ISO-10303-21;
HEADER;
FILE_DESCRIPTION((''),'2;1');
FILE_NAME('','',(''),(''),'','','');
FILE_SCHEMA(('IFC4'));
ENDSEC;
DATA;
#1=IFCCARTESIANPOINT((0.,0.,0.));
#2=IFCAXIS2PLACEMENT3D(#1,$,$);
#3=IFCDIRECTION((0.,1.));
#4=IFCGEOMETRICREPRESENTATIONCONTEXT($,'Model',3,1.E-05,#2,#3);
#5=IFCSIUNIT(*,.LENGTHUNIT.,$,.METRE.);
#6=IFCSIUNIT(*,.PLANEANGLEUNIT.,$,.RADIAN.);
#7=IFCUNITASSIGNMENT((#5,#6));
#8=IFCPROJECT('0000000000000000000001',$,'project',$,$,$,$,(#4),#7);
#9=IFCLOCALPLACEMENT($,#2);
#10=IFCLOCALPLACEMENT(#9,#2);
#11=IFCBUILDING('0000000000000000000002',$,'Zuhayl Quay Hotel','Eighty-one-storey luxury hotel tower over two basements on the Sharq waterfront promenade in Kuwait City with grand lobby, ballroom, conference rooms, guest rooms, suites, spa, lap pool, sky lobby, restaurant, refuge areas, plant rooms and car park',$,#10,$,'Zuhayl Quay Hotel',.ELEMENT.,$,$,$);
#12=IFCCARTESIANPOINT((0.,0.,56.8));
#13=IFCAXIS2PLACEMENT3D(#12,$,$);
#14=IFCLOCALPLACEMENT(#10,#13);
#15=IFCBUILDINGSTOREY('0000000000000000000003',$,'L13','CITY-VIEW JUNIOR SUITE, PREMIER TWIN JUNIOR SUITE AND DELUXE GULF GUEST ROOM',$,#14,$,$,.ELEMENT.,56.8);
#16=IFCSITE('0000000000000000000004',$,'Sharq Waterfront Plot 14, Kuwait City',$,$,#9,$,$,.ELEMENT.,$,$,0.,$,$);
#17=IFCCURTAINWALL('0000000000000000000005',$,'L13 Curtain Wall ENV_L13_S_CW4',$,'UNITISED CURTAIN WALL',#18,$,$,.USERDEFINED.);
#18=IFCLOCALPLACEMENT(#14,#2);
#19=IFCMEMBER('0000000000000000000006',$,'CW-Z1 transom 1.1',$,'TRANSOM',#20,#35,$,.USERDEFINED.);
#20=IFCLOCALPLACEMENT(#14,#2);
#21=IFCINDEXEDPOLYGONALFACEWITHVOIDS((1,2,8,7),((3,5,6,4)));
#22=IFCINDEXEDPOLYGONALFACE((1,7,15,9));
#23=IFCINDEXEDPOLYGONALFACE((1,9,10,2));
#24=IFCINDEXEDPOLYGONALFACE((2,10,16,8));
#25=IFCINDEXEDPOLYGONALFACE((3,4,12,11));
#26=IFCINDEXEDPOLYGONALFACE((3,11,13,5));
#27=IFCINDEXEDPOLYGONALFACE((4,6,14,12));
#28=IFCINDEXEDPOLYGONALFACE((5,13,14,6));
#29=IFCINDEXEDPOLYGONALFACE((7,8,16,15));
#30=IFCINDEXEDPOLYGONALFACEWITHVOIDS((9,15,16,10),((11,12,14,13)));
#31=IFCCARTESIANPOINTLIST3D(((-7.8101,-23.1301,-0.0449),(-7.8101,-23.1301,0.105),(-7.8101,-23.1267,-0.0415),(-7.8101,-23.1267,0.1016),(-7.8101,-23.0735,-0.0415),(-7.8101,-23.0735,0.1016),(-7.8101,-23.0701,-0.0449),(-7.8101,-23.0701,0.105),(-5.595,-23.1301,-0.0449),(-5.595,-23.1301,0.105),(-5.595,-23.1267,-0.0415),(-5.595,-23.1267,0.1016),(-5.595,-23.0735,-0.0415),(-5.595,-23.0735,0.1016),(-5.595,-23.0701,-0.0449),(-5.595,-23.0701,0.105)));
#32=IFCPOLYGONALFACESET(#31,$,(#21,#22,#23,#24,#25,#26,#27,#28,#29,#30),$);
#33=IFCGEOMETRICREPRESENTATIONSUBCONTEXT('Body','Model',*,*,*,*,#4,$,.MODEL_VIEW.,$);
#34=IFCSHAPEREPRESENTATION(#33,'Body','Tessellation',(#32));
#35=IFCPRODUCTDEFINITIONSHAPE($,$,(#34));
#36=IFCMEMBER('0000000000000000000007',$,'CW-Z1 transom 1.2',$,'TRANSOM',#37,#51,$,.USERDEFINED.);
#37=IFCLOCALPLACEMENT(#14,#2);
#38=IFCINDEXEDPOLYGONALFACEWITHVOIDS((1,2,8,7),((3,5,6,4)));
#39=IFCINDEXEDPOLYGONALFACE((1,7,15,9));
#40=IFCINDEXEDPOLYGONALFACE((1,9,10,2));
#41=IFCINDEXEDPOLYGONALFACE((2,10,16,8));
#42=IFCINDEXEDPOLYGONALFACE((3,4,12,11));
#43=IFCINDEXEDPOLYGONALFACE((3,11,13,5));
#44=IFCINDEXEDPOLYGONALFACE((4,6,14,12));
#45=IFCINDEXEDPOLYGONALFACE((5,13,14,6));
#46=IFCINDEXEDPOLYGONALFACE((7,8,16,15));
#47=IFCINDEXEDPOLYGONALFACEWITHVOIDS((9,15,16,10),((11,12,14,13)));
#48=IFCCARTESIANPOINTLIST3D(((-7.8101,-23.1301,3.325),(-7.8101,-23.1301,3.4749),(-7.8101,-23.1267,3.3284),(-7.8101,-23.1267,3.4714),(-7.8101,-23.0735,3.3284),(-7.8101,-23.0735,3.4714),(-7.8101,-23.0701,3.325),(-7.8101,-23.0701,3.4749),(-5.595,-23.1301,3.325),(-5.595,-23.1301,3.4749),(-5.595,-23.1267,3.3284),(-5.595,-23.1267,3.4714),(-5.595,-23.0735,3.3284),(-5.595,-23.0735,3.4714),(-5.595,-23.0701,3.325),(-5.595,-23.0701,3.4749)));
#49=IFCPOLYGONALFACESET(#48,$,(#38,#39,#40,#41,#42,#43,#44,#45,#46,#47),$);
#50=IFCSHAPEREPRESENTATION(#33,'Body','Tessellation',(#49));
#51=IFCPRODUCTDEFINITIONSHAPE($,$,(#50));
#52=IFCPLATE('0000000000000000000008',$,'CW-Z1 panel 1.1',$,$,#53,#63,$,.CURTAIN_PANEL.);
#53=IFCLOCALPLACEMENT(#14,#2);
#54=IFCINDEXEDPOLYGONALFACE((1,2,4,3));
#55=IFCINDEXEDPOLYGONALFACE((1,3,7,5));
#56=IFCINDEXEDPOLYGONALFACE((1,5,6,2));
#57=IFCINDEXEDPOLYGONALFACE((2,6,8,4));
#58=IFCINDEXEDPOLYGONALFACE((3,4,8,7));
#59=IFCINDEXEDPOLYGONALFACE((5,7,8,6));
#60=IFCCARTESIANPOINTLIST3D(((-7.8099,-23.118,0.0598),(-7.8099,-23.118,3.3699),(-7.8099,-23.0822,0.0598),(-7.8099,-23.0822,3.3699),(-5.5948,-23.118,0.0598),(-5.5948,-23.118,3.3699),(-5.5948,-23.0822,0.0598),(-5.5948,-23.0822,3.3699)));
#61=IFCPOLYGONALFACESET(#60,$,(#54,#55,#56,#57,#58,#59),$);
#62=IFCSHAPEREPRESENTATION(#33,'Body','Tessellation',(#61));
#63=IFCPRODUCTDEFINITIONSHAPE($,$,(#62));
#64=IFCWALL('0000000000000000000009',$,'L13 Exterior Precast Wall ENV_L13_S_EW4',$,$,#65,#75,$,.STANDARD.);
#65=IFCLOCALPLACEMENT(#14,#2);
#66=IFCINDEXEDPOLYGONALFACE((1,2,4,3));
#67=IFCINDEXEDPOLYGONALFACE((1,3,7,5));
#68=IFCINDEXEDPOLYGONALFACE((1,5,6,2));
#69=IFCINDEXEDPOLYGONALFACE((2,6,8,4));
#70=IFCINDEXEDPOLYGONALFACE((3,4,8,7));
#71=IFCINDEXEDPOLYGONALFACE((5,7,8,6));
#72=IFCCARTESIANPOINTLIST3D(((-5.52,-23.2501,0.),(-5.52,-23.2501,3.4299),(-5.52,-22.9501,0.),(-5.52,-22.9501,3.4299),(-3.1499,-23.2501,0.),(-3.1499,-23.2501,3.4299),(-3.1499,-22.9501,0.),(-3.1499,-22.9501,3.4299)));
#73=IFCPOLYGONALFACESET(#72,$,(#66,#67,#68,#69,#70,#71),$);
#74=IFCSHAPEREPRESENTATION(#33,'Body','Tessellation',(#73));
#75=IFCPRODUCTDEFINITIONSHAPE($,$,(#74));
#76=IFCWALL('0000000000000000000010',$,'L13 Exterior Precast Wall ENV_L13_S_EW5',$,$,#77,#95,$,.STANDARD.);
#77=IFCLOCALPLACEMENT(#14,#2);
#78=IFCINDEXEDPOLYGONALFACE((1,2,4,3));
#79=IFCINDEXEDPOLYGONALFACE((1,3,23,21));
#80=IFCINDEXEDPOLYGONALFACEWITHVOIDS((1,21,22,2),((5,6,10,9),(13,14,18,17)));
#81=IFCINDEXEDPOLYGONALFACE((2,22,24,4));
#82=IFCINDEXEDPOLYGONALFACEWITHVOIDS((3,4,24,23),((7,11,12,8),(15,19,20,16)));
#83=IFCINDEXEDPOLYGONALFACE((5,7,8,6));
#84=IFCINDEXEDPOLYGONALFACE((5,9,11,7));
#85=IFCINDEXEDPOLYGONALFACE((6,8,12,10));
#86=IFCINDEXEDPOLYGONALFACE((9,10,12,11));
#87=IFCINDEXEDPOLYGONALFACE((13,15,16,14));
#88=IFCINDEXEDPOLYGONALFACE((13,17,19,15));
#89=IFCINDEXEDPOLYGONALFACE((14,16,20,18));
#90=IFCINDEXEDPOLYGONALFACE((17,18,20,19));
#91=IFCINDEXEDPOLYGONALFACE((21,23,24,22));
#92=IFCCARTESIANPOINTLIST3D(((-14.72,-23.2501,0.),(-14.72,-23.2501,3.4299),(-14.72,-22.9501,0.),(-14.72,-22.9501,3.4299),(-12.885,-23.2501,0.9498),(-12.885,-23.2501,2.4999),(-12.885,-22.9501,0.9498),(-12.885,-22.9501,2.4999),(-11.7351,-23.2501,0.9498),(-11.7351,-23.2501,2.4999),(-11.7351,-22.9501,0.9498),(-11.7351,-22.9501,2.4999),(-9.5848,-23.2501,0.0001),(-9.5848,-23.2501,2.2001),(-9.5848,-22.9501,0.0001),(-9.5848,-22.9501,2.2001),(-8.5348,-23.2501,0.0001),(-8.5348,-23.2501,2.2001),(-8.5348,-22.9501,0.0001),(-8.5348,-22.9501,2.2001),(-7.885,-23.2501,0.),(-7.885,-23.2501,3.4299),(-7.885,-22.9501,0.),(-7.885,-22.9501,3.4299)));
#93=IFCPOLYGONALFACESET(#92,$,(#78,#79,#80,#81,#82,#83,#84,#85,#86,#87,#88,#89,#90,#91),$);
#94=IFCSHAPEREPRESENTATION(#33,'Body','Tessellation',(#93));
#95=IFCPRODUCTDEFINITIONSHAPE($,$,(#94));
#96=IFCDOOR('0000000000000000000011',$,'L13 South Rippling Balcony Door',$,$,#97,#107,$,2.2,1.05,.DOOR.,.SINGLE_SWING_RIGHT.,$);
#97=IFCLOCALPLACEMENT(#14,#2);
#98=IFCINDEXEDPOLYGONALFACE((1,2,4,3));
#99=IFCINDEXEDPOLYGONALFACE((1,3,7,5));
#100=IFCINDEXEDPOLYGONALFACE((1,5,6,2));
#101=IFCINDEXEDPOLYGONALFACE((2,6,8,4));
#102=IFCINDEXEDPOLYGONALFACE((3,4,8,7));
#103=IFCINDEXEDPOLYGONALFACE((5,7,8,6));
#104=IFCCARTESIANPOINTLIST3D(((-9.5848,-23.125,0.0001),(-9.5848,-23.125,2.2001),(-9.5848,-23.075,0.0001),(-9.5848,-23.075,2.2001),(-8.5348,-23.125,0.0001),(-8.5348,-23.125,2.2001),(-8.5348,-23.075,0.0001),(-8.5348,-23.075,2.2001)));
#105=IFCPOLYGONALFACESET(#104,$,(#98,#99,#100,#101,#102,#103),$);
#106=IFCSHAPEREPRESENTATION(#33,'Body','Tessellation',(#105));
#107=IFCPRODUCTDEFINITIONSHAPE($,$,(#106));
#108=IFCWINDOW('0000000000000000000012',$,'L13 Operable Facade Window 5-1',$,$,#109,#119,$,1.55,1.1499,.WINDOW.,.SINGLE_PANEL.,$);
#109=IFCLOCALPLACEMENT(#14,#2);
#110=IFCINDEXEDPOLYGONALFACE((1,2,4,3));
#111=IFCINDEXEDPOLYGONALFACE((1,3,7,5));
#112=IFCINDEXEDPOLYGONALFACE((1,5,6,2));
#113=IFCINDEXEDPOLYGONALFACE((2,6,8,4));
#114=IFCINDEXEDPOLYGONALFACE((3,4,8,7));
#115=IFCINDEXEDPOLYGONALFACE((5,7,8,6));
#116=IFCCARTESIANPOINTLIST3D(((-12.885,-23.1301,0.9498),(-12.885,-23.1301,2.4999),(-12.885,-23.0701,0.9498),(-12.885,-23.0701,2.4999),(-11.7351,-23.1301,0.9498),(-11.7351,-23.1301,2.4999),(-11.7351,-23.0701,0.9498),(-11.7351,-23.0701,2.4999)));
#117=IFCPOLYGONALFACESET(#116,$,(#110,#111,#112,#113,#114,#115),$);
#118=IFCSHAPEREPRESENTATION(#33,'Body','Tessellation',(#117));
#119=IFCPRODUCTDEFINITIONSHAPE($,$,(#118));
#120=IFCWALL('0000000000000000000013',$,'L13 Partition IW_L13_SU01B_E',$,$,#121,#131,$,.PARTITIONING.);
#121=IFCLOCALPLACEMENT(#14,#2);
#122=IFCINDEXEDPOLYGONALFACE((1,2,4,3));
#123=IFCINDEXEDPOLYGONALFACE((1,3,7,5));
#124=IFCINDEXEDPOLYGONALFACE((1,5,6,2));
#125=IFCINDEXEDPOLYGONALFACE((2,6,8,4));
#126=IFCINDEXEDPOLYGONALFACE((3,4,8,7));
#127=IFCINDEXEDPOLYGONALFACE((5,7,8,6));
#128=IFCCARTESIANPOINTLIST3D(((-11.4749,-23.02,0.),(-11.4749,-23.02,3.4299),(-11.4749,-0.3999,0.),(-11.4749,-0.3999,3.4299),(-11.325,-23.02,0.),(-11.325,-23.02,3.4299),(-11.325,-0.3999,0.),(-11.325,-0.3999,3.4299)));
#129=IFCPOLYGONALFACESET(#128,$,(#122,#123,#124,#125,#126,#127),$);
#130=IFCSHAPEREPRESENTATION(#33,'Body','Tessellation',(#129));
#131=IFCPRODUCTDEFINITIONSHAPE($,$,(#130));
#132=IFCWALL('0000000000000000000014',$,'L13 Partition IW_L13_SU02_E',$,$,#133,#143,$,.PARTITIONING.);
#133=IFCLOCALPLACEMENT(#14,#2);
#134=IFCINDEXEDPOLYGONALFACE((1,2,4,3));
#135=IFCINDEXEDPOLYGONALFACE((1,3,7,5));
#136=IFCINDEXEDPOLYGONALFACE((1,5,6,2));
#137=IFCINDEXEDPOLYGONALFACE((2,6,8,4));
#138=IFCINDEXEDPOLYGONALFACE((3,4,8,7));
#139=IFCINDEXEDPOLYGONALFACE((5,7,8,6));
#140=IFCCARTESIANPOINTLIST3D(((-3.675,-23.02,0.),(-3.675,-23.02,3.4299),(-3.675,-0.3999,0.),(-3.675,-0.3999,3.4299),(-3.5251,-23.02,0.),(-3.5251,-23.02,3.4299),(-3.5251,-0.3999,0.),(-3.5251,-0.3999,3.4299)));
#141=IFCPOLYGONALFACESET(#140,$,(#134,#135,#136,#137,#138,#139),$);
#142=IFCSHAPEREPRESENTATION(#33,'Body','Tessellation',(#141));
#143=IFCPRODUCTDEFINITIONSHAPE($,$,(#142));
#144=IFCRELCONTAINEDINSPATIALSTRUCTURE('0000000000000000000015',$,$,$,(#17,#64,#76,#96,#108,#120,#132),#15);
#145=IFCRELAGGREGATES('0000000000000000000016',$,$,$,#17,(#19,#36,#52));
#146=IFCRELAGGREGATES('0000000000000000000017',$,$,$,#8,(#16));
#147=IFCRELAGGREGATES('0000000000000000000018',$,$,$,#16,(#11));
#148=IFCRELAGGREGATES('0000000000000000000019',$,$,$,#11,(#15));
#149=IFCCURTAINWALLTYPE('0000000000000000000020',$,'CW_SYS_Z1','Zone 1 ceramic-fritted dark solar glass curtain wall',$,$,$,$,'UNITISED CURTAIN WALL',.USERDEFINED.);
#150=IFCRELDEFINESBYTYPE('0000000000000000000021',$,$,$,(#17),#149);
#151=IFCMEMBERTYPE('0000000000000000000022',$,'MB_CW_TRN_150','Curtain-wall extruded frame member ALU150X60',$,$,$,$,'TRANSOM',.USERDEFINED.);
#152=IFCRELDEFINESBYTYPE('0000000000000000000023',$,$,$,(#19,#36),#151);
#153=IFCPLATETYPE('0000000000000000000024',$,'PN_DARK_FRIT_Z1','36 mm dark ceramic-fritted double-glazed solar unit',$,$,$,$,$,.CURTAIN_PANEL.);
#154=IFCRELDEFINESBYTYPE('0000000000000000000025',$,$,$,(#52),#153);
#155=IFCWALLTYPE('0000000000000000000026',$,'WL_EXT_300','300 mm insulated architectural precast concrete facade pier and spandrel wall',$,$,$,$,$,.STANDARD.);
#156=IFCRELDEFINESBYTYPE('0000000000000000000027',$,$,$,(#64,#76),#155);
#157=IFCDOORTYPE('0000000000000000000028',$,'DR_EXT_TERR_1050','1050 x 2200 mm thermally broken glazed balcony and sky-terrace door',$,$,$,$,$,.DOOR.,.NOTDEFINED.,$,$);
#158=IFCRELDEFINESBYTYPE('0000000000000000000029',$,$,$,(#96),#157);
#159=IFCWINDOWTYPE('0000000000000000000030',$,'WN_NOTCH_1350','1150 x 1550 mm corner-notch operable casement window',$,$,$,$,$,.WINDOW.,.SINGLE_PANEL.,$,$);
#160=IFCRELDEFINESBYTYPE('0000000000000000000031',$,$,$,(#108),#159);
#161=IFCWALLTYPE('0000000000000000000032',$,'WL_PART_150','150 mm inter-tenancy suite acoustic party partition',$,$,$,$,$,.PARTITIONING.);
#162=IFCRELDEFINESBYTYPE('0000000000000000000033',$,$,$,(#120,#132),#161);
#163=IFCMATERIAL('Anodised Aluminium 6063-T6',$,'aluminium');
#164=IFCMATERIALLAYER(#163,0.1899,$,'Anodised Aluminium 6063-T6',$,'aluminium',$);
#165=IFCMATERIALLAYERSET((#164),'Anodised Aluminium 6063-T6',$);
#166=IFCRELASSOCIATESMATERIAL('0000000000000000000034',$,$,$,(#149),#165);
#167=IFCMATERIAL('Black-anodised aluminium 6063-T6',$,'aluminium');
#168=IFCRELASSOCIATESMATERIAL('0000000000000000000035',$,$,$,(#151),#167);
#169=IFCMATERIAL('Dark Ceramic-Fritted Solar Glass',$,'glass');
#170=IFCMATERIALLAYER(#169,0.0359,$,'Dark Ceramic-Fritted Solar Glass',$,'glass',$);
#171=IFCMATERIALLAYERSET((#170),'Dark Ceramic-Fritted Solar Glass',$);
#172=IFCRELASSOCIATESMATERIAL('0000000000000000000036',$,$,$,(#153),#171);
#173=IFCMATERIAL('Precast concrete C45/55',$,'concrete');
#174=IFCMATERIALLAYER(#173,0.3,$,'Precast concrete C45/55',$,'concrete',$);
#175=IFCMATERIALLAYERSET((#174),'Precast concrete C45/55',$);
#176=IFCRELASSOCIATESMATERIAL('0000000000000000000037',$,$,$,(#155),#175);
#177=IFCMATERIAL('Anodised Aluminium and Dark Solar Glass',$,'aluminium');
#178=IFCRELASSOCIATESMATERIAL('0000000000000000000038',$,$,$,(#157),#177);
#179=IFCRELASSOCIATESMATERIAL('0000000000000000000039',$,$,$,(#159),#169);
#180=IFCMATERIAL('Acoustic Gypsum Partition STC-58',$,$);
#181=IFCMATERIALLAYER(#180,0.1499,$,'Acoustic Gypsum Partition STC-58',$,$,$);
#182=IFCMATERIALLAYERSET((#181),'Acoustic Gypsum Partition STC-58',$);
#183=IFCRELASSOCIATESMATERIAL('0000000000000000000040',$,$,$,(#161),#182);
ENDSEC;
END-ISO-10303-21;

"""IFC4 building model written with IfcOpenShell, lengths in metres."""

from ifc_helpers import new_model, si_unit, direction, frame, frame_2d, origin, origin_2d, place, context, subcontext, project, spatial, rectangle, hollow_rectangle, extrude, material, layer, layer_set, material_profile, profile_set, type_object, element, fill, aggregate, save


model = new_model("IFC4")

# Units and contexts
model_context = context("Model", 3, precision=1e-05, world=origin(), true_north=direction((0.0, 1.0)))
body_context = subcontext(model_context, "Body", "Model", "MODEL_VIEW")
ifc_project = project(units=[si_unit("LENGTHUNIT", "METRE"), si_unit("PLANEANGLEUNIT", "RADIAN")], contexts=[model_context])

# Site, building, storey
site_placement = place(None, origin())
site = spatial("IfcSite", under=ifc_project, at=site_placement, Name="Sharq Waterfront Plot 14, Kuwait City", CompositionType="ELEMENT", RefElevation=0.0)
building_placement = place(site_placement, origin())
building = spatial("IfcBuilding", under=site, at=building_placement, Name="Zuhayl Quay Hotel", Description="Eighty-one-storey luxury hotel tower over two basements on the Sharq waterfront promenade in Kuwait City with grand lobby, ballroom, conference rooms, guest rooms, suites, spa, lap pool, sky lobby, restaurant, refuge areas, plant rooms and car park", LongName="Zuhayl Quay Hotel", CompositionType="ELEMENT")
storey_placement = place(building_placement, frame((0.0, 0.0, 56.8)))
storey = spatial("IfcBuildingStorey", under=building, at=storey_placement, Name="L13", Description="CITY-VIEW JUNIOR SUITE, PREMIER TWIN JUNIOR SUITE AND DELUXE GULF GUEST ROOM", CompositionType="ELEMENT", Elevation=56.8)

# Shared definitions
ifc_material_1 = material(Name="Anodised Aluminium 6063-T6", Category="aluminium")
ifc_layer_1 = layer(ifc_material_1, 0.1899, Name="Anodised Aluminium 6063-T6", Category="aluminium")
ifc_layer_set_1 = layer_set([ifc_layer_1], Name="Anodised Aluminium 6063-T6")
curtain_wall_type = type_object("IfcCurtainWallType", Name="CW_SYS_Z1", Description="Zone 1 ceramic-fritted dark solar glass curtain wall", ElementType="UNITISED CURTAIN WALL", PredefinedType="USERDEFINED", material=ifc_layer_set_1)
ifc_material_2 = material(Name="Black-anodised aluminium 6063-T6", Category="aluminium")

# Curtain wall, members, plate
curtain_wall_1_placement = place(storey_placement, origin())
curtain_wall_1 = element("IfcCurtainWall", 1, at=curtain_wall_1_placement, inside=storey, type_object=curtain_wall_type, Name="L13 Curtain Wall ENV_L13_S_CW4", ObjectType="UNITISED CURTAIN WALL", PredefinedType="USERDEFINED")
ifc_material_profile_1 = material_profile(ifc_material_2, hollow_rectangle(XDim=0.0601, YDim=0.1499, WallThickness=0.0034, at=origin_2d()), Name="ALU150X60")
ifc_profile_set_1 = profile_set([ifc_material_profile_1], Name="Black-anodised aluminium 6063-T6")
member_type_1 = type_object("IfcMemberType", Name="MB_CW_TRN_150", Description="Curtain-wall extruded frame member ALU150X60", ElementType="TRANSOM", PredefinedType="USERDEFINED", material=ifc_profile_set_1)
member_1_placement = place(storey_placement, frame((-5.595, -23.1001, 0.03), z_axis=(-1.0, 0.0, 0.0), x_axis=(0.0, -1.0, 0.0)))
member_1 = element("IfcMember", 2, at=member_1_placement, type_object=member_type_1, Name="CW-Z1 transom 1.1", ObjectType="TRANSOM", PredefinedType="USERDEFINED", context=body_context, shape_type="SweptSolid", body=[
    extrude(hollow_rectangle(XDim=0.0601, YDim=0.1499, WallThickness=0.0034, at=origin_2d()), origin(), (0.0, 0.0, 1.0), 2.2151),
])
member_2_placement = place(storey_placement, frame((-5.595, -23.1001, 3.3999), z_axis=(-1.0, 0.0, 0.0), x_axis=(0.0, -1.0, 0.0)))
member_2 = element("IfcMember", 3, at=member_2_placement, type_object=member_type_1, Name="CW-Z1 transom 1.2", ObjectType="TRANSOM", PredefinedType="USERDEFINED", context=body_context, shape_type="SweptSolid", body=[
    extrude(hollow_rectangle(XDim=0.0601, YDim=0.1499, WallThickness=0.0034, at=origin_2d()), origin(), (0.0, 0.0, 1.0), 2.2151),
])
ifc_material_3 = material(Name="Dark Ceramic-Fritted Solar Glass", Category="glass")
ifc_layer_2 = layer(ifc_material_3, 0.0359, Name="Dark Ceramic-Fritted Solar Glass", Category="glass")
ifc_layer_set_2 = layer_set([ifc_layer_2], Name="Dark Ceramic-Fritted Solar Glass")
plate_type = type_object("IfcPlateType", Name="PN_DARK_FRIT_Z1", Description="36 mm dark ceramic-fritted double-glazed solar unit", PredefinedType="CURTAIN_PANEL", material=ifc_layer_set_2)
plate_placement = place(storey_placement, frame((-6.7024, -23.1001, 0.0598), z_axis=(0.0, 0.0, 1.0), x_axis=(-1.0, 0.0, 0.0)))
plate = element("IfcPlate", 4, at=plate_placement, type_object=plate_type, Name="CW-Z1 panel 1.1", PredefinedType="CURTAIN_PANEL", context=body_context, shape_type="SweptSolid", body=[
    extrude(rectangle(XDim=2.2151, YDim=0.0359, at=origin_2d()), origin(), (0.0, 0.0, 1.0), 3.3101),
])
aggregate(curtain_wall_1, [member_1, member_2, plate])

# Wall
ifc_material_4 = material(Name="Precast concrete C45/55", Category="concrete")
ifc_layer_3 = layer(ifc_material_4, 0.3, Name="Precast concrete C45/55", Category="concrete")
ifc_layer_set_3 = layer_set([ifc_layer_3], Name="Precast concrete C45/55")
wall_type_1 = type_object("IfcWallType", Name="WL_EXT_300", Description="300 mm insulated architectural precast concrete facade pier and spandrel wall", PredefinedType="STANDARD", material=ifc_layer_set_3)
wall_1_placement = place(storey_placement, frame((-3.1499, -23.1001, 0.0), z_axis=(0.0, 0.0, 1.0), x_axis=(-1.0, 0.0, 0.0)))
element("IfcWall", 5, at=wall_1_placement, inside=storey, type_object=wall_type_1, Name="L13 Exterior Precast Wall ENV_L13_S_EW4", PredefinedType="STANDARD", context=body_context, shape_type="SweptSolid", body=[
    extrude(rectangle(XDim=2.3701, YDim=0.3, at=frame_2d((1.1851, 0.0))), origin(), (0.0, 0.0, 1.0), 3.4299),
])

# Wall, openings, door, window
wall_2_placement = place(storey_placement, frame((-7.885, -23.1001, 0.0), z_axis=(0.0, 0.0, 1.0), x_axis=(-1.0, 0.0, 0.0)))
wall_2 = element("IfcWall", 6, at=wall_2_placement, inside=storey, type_object=wall_type_1, Name="L13 Exterior Precast Wall ENV_L13_S_EW5", PredefinedType="STANDARD", context=body_context, shape_type="SweptSolid", body=[
    extrude(rectangle(XDim=6.835, YDim=0.3, at=frame_2d((3.4175, 0.0))), origin(), (0.0, 0.0, 1.0), 3.4299),
])
opening_1_placement = place(wall_2_placement, frame((0.6499, 0.0, 0.0)))
opening_1 = element("IfcOpeningElement", 7, at=opening_1_placement, cuts=wall_2, PredefinedType="OPENING", context=body_context, shape_type="SweptSolid", body=[
    extrude(rectangle(XDim=1.05, YDim=2.2, at=frame_2d((0.5249, 1.1001))), frame((0.0, 0.1599, 0.0), z_axis=(0.0, -1.0, 0.0), x_axis=(1.0, 0.0, 0.0)), (0.0, 0.0, 1.0), 0.3201),
])
opening_2_placement = place(wall_2_placement, frame((3.8501, 0.0, 0.95)))
opening_2 = element("IfcOpeningElement", 8, at=opening_2_placement, cuts=wall_2, PredefinedType="OPENING", context=body_context, shape_type="SweptSolid", body=[
    extrude(rectangle(XDim=1.1499, YDim=1.55, at=frame_2d((0.575, 0.7749))), frame((0.0, 0.1599, 0.0), z_axis=(0.0, -1.0, 0.0), x_axis=(1.0, 0.0, 0.0)), (0.0, 0.0, 1.0), 0.3201),
])
ifc_material_5 = material(Name="Anodised Aluminium and Dark Solar Glass", Category="aluminium")
door_type = type_object("IfcDoorType", Name="DR_EXT_TERR_1050", Description="1050 x 2200 mm thermally broken glazed balcony and sky-terrace door", OperationType="NOTDEFINED", PredefinedType="DOOR", material=ifc_material_5)
door_placement = place(opening_1_placement, origin())
door = element("IfcDoor", 9, at=door_placement, inside=storey, type_object=door_type, Name="L13 South Rippling Balcony Door", OperationType="SINGLE_SWING_RIGHT", OverallHeight=2.2, OverallWidth=1.05, PredefinedType="DOOR", context=body_context, shape_type="SweptSolid", body=[
    extrude(rectangle(XDim=1.05, YDim=2.2, at=frame_2d((0.5249, 1.1001))), frame((0.0, 0.0249, 0.0), z_axis=(0.0, -1.0, 0.0), x_axis=(1.0, 0.0, 0.0)), (0.0, 0.0, 1.0), 0.05),
])
fill(opening_1, door)
window_type = type_object("IfcWindowType", Name="WN_NOTCH_1350", Description="1150 x 1550 mm corner-notch operable casement window", PartitioningType="SINGLE_PANEL", PredefinedType="WINDOW", material=ifc_material_3)
window_placement = place(opening_2_placement, origin())
window = element("IfcWindow", 10, at=window_placement, inside=storey, type_object=window_type, Name="L13 Operable Facade Window 5-1", OverallHeight=1.55, OverallWidth=1.1499, PartitioningType="SINGLE_PANEL", PredefinedType="WINDOW", context=body_context, shape_type="SweptSolid", body=[
    extrude(rectangle(XDim=1.1499, YDim=1.55, at=frame_2d((0.575, 0.7749))), frame((0.0, 0.03, 0.0), z_axis=(0.0, -1.0, 0.0), x_axis=(1.0, 0.0, 0.0)), (0.0, 0.0, 1.0), 0.0601),
])
fill(opening_2, window)

# Walls
ifc_material_6 = material(Name="Acoustic Gypsum Partition STC-58")
ifc_layer_4 = layer(ifc_material_6, 0.1499, Name="Acoustic Gypsum Partition STC-58")
ifc_layer_set_4 = layer_set([ifc_layer_4], Name="Acoustic Gypsum Partition STC-58")
wall_type_2 = type_object("IfcWallType", Name="WL_PART_150", Description="150 mm inter-tenancy suite acoustic party partition", PredefinedType="PARTITIONING", material=ifc_layer_set_4)
for number, where, z_axis, x_axis, name in (
    (11, (-11.3999, -23.02, 0.0), (0.0, 0.0, 1.0), (0.0, 1.0, 0.0), "L13 Partition IW_L13_SU01B_E"),
    (12, (-3.6001, -23.02, 0.0), (0.0, 0.0, 1.0), (0.0, 1.0, 0.0), "L13 Partition IW_L13_SU02_E"),
):
    element("IfcWall", number, at=place(storey_placement, frame(where, z_axis=z_axis, x_axis=x_axis)), inside=storey, type_object=wall_type_2, Name=name, PredefinedType="PARTITIONING", context=body_context, shape_type="SweptSolid", body=[
        extrude(rectangle(XDim=22.6201, YDim=0.1499, at=frame_2d((11.3101, 0.0))), origin(), (0.0, 0.0, 1.0), 3.4299),
    ])

save(model, "model.ifc")
